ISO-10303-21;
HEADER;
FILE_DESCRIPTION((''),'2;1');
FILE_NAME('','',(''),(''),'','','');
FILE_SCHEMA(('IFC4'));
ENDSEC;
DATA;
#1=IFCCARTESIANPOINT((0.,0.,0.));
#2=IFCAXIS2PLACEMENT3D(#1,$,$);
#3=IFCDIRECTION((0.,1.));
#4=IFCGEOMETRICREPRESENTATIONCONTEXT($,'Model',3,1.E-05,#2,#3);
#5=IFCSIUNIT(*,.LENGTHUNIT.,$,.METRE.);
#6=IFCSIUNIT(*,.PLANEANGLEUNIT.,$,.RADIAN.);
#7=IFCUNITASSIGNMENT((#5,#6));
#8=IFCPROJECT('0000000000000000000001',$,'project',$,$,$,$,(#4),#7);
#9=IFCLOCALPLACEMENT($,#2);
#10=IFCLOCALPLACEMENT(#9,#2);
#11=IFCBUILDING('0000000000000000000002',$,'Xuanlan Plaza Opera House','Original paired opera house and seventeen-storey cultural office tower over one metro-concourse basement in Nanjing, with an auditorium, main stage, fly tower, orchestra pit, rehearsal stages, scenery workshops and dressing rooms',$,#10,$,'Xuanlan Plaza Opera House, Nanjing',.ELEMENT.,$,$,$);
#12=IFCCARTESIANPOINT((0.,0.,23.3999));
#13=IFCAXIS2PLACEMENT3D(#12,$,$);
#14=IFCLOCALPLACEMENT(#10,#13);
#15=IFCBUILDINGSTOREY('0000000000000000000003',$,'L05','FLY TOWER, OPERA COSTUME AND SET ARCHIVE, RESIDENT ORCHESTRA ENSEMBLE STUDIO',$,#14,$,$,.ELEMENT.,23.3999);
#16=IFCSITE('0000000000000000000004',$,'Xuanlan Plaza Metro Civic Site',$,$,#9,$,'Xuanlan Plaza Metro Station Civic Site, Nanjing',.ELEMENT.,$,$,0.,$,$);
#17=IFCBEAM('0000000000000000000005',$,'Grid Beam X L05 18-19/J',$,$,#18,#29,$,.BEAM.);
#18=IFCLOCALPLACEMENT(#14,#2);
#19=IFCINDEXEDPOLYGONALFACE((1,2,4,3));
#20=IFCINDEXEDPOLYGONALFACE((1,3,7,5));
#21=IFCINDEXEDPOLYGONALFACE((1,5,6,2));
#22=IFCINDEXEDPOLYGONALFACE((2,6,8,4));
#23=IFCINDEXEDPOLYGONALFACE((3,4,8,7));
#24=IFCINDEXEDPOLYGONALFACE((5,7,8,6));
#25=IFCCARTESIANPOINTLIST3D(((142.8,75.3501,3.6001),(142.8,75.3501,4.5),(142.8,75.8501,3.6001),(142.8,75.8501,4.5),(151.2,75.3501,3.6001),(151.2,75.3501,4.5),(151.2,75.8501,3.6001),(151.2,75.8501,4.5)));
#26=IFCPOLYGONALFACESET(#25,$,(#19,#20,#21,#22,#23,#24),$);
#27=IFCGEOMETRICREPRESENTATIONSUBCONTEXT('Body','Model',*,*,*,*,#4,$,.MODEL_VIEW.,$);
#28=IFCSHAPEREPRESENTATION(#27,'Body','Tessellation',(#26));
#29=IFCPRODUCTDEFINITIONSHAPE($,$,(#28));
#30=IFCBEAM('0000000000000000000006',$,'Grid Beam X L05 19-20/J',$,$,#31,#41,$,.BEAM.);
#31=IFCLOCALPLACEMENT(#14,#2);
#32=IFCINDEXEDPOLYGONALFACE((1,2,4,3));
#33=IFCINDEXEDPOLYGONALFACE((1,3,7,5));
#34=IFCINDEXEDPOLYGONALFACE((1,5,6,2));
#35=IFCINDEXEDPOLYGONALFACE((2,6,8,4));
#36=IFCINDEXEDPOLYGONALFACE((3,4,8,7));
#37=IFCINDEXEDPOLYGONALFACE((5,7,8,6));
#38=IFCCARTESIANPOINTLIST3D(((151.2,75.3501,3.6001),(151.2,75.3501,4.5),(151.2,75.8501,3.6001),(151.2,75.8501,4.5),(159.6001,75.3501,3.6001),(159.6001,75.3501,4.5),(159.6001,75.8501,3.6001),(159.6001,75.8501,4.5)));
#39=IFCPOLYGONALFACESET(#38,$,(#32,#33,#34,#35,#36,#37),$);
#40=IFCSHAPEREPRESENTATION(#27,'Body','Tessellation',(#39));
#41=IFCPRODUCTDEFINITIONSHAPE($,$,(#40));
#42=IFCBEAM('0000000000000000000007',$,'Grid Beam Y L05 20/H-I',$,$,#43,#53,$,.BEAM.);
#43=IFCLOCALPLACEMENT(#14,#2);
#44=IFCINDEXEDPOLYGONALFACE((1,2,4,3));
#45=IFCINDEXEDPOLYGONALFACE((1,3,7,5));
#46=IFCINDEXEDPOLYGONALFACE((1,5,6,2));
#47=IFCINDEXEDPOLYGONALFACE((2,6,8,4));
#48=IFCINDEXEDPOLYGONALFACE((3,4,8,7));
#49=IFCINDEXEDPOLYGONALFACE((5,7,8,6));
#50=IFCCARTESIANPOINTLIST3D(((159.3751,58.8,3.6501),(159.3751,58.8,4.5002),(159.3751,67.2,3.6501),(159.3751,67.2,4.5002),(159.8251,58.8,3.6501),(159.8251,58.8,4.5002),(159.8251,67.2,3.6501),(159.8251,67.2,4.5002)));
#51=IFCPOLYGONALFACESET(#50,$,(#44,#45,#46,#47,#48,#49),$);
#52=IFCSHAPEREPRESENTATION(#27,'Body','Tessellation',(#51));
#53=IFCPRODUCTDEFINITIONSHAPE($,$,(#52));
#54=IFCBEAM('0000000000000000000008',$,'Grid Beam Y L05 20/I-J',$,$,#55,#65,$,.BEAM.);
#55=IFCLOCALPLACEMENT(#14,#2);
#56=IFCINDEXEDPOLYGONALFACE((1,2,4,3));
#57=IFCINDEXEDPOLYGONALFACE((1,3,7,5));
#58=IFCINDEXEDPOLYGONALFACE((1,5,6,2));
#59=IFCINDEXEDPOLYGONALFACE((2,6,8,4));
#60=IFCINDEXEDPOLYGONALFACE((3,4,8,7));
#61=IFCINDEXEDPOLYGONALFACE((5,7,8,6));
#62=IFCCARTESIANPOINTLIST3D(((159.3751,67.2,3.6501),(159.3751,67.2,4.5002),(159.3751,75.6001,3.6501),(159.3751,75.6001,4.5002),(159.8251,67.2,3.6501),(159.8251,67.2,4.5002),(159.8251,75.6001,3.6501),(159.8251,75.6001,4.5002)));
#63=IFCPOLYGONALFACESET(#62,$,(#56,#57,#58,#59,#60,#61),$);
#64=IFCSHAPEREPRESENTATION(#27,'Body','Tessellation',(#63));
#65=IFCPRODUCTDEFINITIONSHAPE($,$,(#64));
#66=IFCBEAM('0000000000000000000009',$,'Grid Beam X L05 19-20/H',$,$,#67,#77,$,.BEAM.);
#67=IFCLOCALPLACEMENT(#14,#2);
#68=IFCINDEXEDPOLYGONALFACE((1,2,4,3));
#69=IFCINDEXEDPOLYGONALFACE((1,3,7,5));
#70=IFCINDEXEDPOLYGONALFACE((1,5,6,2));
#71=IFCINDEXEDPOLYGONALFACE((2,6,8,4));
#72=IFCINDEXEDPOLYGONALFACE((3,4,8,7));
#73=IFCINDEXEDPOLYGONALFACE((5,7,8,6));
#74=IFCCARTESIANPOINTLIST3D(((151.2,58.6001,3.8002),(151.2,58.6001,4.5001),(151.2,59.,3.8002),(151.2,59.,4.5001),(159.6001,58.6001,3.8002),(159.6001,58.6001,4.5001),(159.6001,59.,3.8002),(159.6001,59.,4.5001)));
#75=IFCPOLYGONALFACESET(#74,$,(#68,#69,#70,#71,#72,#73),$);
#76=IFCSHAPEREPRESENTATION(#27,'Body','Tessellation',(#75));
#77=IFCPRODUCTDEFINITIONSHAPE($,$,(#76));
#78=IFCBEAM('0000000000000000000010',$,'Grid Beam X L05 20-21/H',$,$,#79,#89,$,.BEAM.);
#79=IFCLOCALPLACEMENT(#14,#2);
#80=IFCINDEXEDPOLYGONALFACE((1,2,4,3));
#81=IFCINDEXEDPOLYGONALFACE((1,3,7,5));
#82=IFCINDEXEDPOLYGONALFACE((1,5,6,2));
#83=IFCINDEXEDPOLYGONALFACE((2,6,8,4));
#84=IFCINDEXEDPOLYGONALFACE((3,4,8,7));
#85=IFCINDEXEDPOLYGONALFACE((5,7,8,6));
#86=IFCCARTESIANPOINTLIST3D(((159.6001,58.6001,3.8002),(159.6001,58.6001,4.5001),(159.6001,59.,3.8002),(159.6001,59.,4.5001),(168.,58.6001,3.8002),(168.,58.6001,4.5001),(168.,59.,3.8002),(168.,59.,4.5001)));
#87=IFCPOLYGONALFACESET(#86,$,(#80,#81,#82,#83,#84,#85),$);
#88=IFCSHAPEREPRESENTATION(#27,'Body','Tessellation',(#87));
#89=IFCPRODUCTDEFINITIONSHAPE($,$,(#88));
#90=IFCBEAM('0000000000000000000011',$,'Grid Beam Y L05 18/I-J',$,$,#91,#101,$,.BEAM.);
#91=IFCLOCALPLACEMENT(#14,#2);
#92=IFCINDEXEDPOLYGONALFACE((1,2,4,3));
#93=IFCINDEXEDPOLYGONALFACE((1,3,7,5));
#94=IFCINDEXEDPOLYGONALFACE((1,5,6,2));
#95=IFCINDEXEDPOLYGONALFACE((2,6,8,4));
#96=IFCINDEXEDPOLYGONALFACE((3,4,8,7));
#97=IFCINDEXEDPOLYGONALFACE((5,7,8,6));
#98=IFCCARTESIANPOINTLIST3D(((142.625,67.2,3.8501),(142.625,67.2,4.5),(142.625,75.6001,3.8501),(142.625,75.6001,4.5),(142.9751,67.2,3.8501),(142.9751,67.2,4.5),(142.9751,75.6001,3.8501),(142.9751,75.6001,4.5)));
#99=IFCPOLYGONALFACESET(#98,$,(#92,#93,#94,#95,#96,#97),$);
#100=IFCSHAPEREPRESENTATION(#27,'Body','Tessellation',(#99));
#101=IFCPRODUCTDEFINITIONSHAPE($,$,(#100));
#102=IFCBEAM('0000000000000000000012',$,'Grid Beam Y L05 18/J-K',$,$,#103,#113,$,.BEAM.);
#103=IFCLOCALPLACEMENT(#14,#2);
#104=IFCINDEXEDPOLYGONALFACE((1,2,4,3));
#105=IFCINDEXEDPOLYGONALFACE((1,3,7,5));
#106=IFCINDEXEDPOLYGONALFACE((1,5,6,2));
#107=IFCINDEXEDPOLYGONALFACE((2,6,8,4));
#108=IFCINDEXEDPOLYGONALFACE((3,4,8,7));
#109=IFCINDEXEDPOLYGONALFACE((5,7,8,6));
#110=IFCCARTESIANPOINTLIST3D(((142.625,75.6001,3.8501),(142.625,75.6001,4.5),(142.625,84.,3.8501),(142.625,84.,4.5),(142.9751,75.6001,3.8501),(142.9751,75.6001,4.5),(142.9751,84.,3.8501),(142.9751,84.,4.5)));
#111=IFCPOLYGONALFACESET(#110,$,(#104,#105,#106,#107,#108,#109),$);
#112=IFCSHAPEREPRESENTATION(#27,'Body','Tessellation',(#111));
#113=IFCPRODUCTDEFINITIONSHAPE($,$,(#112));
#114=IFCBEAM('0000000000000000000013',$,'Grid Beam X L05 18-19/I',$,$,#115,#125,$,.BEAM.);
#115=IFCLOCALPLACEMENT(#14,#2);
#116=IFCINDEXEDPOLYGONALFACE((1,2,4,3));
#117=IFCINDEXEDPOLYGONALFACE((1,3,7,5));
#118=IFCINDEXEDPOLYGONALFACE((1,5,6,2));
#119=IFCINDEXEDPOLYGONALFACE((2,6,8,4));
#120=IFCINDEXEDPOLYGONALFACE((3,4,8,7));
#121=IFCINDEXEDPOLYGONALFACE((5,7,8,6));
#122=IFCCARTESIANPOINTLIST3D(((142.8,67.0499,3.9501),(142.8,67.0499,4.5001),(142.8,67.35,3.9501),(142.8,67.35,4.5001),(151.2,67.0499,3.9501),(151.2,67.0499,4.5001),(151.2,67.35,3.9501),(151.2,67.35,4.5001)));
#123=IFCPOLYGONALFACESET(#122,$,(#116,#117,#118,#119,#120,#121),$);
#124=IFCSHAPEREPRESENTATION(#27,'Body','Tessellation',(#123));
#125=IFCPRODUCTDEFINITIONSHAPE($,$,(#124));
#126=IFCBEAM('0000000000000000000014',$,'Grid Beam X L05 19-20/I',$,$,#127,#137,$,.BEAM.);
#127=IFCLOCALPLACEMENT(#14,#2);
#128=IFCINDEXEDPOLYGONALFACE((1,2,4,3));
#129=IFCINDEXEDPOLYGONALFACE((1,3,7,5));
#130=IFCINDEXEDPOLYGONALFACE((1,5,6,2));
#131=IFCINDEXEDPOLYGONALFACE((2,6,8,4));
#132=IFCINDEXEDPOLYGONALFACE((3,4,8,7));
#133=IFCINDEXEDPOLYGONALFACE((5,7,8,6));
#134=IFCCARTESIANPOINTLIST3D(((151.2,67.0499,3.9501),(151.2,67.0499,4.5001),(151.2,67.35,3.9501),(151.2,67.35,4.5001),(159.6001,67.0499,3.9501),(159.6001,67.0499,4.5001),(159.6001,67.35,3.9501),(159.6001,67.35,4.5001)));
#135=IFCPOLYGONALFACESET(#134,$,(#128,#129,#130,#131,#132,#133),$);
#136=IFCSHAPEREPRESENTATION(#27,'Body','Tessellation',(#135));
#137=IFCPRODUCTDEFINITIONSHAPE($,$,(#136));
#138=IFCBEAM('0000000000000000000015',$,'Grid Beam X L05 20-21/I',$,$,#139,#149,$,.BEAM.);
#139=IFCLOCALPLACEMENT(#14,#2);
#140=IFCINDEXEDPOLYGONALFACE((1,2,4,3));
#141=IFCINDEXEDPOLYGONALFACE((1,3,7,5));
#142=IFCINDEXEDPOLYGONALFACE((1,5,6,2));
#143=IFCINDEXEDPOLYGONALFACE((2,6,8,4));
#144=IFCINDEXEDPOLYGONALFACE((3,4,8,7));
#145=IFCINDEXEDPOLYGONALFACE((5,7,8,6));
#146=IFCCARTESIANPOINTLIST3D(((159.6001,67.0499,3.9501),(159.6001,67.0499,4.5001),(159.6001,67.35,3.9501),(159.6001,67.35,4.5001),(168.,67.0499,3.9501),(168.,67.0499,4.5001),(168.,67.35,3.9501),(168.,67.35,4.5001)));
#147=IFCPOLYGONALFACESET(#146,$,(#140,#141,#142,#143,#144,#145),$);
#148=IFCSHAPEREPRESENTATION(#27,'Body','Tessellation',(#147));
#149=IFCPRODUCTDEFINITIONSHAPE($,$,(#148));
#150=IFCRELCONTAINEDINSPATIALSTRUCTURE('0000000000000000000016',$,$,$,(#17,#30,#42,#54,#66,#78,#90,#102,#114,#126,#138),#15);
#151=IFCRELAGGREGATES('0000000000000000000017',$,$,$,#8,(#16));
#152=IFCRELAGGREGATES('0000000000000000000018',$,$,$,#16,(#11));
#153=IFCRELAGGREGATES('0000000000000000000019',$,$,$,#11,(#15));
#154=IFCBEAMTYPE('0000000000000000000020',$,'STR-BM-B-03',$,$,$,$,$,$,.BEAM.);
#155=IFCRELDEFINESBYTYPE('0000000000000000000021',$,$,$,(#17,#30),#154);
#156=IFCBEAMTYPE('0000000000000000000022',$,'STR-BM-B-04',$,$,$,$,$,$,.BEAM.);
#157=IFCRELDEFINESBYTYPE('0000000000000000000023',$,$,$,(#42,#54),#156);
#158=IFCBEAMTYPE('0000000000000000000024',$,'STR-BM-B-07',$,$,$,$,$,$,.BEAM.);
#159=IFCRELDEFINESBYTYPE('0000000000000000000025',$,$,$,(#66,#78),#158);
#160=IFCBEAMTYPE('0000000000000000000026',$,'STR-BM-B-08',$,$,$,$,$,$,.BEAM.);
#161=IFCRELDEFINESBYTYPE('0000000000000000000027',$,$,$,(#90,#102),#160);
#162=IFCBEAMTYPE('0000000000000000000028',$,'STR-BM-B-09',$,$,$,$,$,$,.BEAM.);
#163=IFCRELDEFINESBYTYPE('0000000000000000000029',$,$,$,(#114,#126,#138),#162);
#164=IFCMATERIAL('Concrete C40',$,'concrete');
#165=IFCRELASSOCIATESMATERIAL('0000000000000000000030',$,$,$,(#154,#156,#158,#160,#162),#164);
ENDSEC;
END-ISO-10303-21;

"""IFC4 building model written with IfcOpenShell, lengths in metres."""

from ifc_helpers import new_model, si_unit, direction, frame, origin, origin_2d, place, context, subcontext, project, spatial, rectangle, extrude, material, material_profile, profile_set, type_object, element, save


model = new_model("IFC4")

# Units and contexts
model_context = context("Model", 3, precision=1e-05, world=origin(), true_north=direction((0.0, 1.0)))
body_context = subcontext(model_context, "Body", "Model", "MODEL_VIEW")
ifc_project = project(units=[si_unit("LENGTHUNIT", "METRE"), si_unit("PLANEANGLEUNIT", "RADIAN")], contexts=[model_context])

# Site, building, storey
site_placement = place(None, origin())
site = spatial("IfcSite", under=ifc_project, at=site_placement, Name="Xuanlan Plaza Metro Civic Site", LongName="Xuanlan Plaza Metro Station Civic Site, Nanjing", CompositionType="ELEMENT", RefElevation=0.0)
building_placement = place(site_placement, origin())
building = spatial("IfcBuilding", under=site, at=building_placement, Name="Xuanlan Plaza Opera House", Description="Original paired opera house and seventeen-storey cultural office tower over one metro-concourse basement in Nanjing, with an auditorium, main stage, fly tower, orchestra pit, rehearsal stages, scenery workshops and dressing rooms", LongName="Xuanlan Plaza Opera House, Nanjing", CompositionType="ELEMENT")
storey_placement = place(building_placement, frame((0.0, 0.0, 23.3999)))
storey = spatial("IfcBuildingStorey", under=building, at=storey_placement, Name="L05", Description="FLY TOWER, OPERA COSTUME AND SET ARCHIVE, RESIDENT ORCHESTRA ENSEMBLE STUDIO", CompositionType="ELEMENT", Elevation=23.3999)

# Beams
ifc_material_1 = material(Name="Concrete C40", Category="concrete")
ifc_material_profile_1 = material_profile(ifc_material_1, rectangle(XDim=0.5, YDim=0.8999, at=origin_2d()), Name="RC-BM 500x900")
ifc_profile_set_1 = profile_set([ifc_material_profile_1], Name="Concrete C40")
beam_type_1 = type_object("IfcBeamType", Name="STR-BM-B-03", PredefinedType="BEAM", material=ifc_profile_set_1)
beam_1_placement = place(storey_placement, frame((142.8, 75.6001, 4.05), z_axis=(1.0, 0.0, 0.0), x_axis=(0.0, 1.0, 0.0)))
element("IfcBeam", 1, at=beam_1_placement, inside=storey, type_object=beam_type_1, Name="Grid Beam X L05 18-19/J", PredefinedType="BEAM", context=body_context, shape_type="SweptSolid", body=[
    extrude(rectangle(XDim=0.5, YDim=0.8999, at=origin_2d()), origin(), (0.0, 0.0, 1.0), 8.3999),
])
beam_2_placement = place(storey_placement, frame((151.2, 75.6001, 4.05), z_axis=(1.0, 0.0, 0.0), x_axis=(0.0, 1.0, 0.0)))
element("IfcBeam", 2, at=beam_2_placement, inside=storey, type_object=beam_type_1, Name="Grid Beam X L05 19-20/J", PredefinedType="BEAM", context=body_context, shape_type="SweptSolid", body=[
    extrude(rectangle(XDim=0.5, YDim=0.8999, at=origin_2d()), origin(), (0.0, 0.0, 1.0), 8.4001),
])
ifc_material_profile_2 = material_profile(ifc_material_1, rectangle(XDim=0.45, YDim=0.8501, at=origin_2d()), Name="RC-BM 450x850")
ifc_profile_set_2 = profile_set([ifc_material_profile_2], Name="Concrete C40")
beam_type_2 = type_object("IfcBeamType", Name="STR-BM-B-04", PredefinedType="BEAM", material=ifc_profile_set_2)
beam_3_placement = place(storey_placement, frame((159.6001, 58.8, 4.0752), z_axis=(0.0, 1.0, 0.0), x_axis=(-1.0, 0.0, 0.0)))
element("IfcBeam", 3, at=beam_3_placement, inside=storey, type_object=beam_type_2, Name="Grid Beam Y L05 20/H-I", PredefinedType="BEAM", context=body_context, shape_type="SweptSolid", body=[
    extrude(rectangle(XDim=0.45, YDim=0.8501, at=origin_2d()), origin(), (0.0, 0.0, 1.0), 8.3999),
])
beam_4_placement = place(storey_placement, frame((159.6001, 67.2, 4.0752), z_axis=(0.0, 1.0, 0.0), x_axis=(-1.0, 0.0, 0.0)))
element("IfcBeam", 4, at=beam_4_placement, inside=storey, type_object=beam_type_2, Name="Grid Beam Y L05 20/I-J", PredefinedType="BEAM", context=body_context, shape_type="SweptSolid", body=[
    extrude(rectangle(XDim=0.45, YDim=0.8501, at=origin_2d()), origin(), (0.0, 0.0, 1.0), 8.4001),
])
ifc_material_profile_3 = material_profile(ifc_material_1, rectangle(XDim=0.3999, YDim=0.7, at=origin_2d()), Name="RC-BM 400x700")
ifc_profile_set_3 = profile_set([ifc_material_profile_3], Name="Concrete C40")
beam_type_3 = type_object("IfcBeamType", Name="STR-BM-B-07", PredefinedType="BEAM", material=ifc_profile_set_3)
beam_5_placement = place(storey_placement, frame((151.2, 58.8, 4.1501), z_axis=(1.0, 0.0, 0.0), x_axis=(0.0, 1.0, 0.0)))
element("IfcBeam", 5, at=beam_5_placement, inside=storey, type_object=beam_type_3, Name="Grid Beam X L05 19-20/H", PredefinedType="BEAM", context=body_context, shape_type="SweptSolid", body=[
    extrude(rectangle(XDim=0.3999, YDim=0.7, at=origin_2d()), origin(), (0.0, 0.0, 1.0), 8.4001),
])
beam_6_placement = place(storey_placement, frame((159.6001, 58.8, 4.1501), z_axis=(1.0, 0.0, 0.0), x_axis=(0.0, 1.0, 0.0)))
element("IfcBeam", 6, at=beam_6_placement, inside=storey, type_object=beam_type_3, Name="Grid Beam X L05 20-21/H", PredefinedType="BEAM", context=body_context, shape_type="SweptSolid", body=[
    extrude(rectangle(XDim=0.3999, YDim=0.7, at=origin_2d()), origin(), (0.0, 0.0, 1.0), 8.3999),
])
ifc_material_profile_4 = material_profile(ifc_material_1, rectangle(XDim=0.3501, YDim=0.6499, at=origin_2d()), Name="RC-BM 350x650")
ifc_profile_set_4 = profile_set([ifc_material_profile_4], Name="Concrete C40")
beam_type_4 = type_object("IfcBeamType", Name="STR-BM-B-08", PredefinedType="BEAM", material=ifc_profile_set_4)
beam_7_placement = place(storey_placement, frame((142.8, 67.2, 4.175), z_axis=(0.0, 1.0, 0.0), x_axis=(-1.0, 0.0, 0.0)))
element("IfcBeam", 7, at=beam_7_placement, inside=storey, type_object=beam_type_4, Name="Grid Beam Y L05 18/I-J", PredefinedType="BEAM", context=body_context, shape_type="SweptSolid", body=[
    extrude(rectangle(XDim=0.3501, YDim=0.6499, at=origin_2d()), origin(), (0.0, 0.0, 1.0), 8.4001),
])
beam_8_placement = place(storey_placement, frame((142.8, 75.6001, 4.175), z_axis=(0.0, 1.0, 0.0), x_axis=(-1.0, 0.0, 0.0)))
element("IfcBeam", 8, at=beam_8_placement, inside=storey, type_object=beam_type_4, Name="Grid Beam Y L05 18/J-K", PredefinedType="BEAM", context=body_context, shape_type="SweptSolid", body=[
    extrude(rectangle(XDim=0.3501, YDim=0.6499, at=origin_2d()), origin(), (0.0, 0.0, 1.0), 8.3999),
])
ifc_material_profile_5 = material_profile(ifc_material_1, rectangle(XDim=0.3, YDim=0.55, at=origin_2d()), Name="RC-BM 300x550")
ifc_profile_set_5 = profile_set([ifc_material_profile_5], Name="Concrete C40")
beam_type_5 = type_object("IfcBeamType", Name="STR-BM-B-09", PredefinedType="BEAM", material=ifc_profile_set_5)
beam_9_placement = place(storey_placement, frame((142.8, 67.2, 4.2251), z_axis=(1.0, 0.0, 0.0), x_axis=(0.0, 1.0, 0.0)))
element("IfcBeam", 9, at=beam_9_placement, inside=storey, type_object=beam_type_5, Name="Grid Beam X L05 18-19/I", PredefinedType="BEAM", context=body_context, shape_type="SweptSolid", body=[
    extrude(rectangle(XDim=0.3, YDim=0.55, at=origin_2d()), origin(), (0.0, 0.0, 1.0), 8.3999),
])
beam_10_placement = place(storey_placement, frame((151.2, 67.2, 4.2251), z_axis=(1.0, 0.0, 0.0), x_axis=(0.0, 1.0, 0.0)))
element("IfcBeam", 10, at=beam_10_placement, inside=storey, type_object=beam_type_5, Name="Grid Beam X L05 19-20/I", PredefinedType="BEAM", context=body_context, shape_type="SweptSolid", body=[
    extrude(rectangle(XDim=0.3, YDim=0.55, at=origin_2d()), origin(), (0.0, 0.0, 1.0), 8.4001),
])
beam_11_placement = place(storey_placement, frame((159.6001, 67.2, 4.2251), z_axis=(1.0, 0.0, 0.0), x_axis=(0.0, 1.0, 0.0)))
element("IfcBeam", 11, at=beam_11_placement, inside=storey, type_object=beam_type_5, Name="Grid Beam X L05 20-21/I", PredefinedType="BEAM", context=body_context, shape_type="SweptSolid", body=[
    extrude(rectangle(XDim=0.3, YDim=0.55, at=origin_2d()), origin(), (0.0, 0.0, 1.0), 8.3999),
])

save(model, "model.ifc")
